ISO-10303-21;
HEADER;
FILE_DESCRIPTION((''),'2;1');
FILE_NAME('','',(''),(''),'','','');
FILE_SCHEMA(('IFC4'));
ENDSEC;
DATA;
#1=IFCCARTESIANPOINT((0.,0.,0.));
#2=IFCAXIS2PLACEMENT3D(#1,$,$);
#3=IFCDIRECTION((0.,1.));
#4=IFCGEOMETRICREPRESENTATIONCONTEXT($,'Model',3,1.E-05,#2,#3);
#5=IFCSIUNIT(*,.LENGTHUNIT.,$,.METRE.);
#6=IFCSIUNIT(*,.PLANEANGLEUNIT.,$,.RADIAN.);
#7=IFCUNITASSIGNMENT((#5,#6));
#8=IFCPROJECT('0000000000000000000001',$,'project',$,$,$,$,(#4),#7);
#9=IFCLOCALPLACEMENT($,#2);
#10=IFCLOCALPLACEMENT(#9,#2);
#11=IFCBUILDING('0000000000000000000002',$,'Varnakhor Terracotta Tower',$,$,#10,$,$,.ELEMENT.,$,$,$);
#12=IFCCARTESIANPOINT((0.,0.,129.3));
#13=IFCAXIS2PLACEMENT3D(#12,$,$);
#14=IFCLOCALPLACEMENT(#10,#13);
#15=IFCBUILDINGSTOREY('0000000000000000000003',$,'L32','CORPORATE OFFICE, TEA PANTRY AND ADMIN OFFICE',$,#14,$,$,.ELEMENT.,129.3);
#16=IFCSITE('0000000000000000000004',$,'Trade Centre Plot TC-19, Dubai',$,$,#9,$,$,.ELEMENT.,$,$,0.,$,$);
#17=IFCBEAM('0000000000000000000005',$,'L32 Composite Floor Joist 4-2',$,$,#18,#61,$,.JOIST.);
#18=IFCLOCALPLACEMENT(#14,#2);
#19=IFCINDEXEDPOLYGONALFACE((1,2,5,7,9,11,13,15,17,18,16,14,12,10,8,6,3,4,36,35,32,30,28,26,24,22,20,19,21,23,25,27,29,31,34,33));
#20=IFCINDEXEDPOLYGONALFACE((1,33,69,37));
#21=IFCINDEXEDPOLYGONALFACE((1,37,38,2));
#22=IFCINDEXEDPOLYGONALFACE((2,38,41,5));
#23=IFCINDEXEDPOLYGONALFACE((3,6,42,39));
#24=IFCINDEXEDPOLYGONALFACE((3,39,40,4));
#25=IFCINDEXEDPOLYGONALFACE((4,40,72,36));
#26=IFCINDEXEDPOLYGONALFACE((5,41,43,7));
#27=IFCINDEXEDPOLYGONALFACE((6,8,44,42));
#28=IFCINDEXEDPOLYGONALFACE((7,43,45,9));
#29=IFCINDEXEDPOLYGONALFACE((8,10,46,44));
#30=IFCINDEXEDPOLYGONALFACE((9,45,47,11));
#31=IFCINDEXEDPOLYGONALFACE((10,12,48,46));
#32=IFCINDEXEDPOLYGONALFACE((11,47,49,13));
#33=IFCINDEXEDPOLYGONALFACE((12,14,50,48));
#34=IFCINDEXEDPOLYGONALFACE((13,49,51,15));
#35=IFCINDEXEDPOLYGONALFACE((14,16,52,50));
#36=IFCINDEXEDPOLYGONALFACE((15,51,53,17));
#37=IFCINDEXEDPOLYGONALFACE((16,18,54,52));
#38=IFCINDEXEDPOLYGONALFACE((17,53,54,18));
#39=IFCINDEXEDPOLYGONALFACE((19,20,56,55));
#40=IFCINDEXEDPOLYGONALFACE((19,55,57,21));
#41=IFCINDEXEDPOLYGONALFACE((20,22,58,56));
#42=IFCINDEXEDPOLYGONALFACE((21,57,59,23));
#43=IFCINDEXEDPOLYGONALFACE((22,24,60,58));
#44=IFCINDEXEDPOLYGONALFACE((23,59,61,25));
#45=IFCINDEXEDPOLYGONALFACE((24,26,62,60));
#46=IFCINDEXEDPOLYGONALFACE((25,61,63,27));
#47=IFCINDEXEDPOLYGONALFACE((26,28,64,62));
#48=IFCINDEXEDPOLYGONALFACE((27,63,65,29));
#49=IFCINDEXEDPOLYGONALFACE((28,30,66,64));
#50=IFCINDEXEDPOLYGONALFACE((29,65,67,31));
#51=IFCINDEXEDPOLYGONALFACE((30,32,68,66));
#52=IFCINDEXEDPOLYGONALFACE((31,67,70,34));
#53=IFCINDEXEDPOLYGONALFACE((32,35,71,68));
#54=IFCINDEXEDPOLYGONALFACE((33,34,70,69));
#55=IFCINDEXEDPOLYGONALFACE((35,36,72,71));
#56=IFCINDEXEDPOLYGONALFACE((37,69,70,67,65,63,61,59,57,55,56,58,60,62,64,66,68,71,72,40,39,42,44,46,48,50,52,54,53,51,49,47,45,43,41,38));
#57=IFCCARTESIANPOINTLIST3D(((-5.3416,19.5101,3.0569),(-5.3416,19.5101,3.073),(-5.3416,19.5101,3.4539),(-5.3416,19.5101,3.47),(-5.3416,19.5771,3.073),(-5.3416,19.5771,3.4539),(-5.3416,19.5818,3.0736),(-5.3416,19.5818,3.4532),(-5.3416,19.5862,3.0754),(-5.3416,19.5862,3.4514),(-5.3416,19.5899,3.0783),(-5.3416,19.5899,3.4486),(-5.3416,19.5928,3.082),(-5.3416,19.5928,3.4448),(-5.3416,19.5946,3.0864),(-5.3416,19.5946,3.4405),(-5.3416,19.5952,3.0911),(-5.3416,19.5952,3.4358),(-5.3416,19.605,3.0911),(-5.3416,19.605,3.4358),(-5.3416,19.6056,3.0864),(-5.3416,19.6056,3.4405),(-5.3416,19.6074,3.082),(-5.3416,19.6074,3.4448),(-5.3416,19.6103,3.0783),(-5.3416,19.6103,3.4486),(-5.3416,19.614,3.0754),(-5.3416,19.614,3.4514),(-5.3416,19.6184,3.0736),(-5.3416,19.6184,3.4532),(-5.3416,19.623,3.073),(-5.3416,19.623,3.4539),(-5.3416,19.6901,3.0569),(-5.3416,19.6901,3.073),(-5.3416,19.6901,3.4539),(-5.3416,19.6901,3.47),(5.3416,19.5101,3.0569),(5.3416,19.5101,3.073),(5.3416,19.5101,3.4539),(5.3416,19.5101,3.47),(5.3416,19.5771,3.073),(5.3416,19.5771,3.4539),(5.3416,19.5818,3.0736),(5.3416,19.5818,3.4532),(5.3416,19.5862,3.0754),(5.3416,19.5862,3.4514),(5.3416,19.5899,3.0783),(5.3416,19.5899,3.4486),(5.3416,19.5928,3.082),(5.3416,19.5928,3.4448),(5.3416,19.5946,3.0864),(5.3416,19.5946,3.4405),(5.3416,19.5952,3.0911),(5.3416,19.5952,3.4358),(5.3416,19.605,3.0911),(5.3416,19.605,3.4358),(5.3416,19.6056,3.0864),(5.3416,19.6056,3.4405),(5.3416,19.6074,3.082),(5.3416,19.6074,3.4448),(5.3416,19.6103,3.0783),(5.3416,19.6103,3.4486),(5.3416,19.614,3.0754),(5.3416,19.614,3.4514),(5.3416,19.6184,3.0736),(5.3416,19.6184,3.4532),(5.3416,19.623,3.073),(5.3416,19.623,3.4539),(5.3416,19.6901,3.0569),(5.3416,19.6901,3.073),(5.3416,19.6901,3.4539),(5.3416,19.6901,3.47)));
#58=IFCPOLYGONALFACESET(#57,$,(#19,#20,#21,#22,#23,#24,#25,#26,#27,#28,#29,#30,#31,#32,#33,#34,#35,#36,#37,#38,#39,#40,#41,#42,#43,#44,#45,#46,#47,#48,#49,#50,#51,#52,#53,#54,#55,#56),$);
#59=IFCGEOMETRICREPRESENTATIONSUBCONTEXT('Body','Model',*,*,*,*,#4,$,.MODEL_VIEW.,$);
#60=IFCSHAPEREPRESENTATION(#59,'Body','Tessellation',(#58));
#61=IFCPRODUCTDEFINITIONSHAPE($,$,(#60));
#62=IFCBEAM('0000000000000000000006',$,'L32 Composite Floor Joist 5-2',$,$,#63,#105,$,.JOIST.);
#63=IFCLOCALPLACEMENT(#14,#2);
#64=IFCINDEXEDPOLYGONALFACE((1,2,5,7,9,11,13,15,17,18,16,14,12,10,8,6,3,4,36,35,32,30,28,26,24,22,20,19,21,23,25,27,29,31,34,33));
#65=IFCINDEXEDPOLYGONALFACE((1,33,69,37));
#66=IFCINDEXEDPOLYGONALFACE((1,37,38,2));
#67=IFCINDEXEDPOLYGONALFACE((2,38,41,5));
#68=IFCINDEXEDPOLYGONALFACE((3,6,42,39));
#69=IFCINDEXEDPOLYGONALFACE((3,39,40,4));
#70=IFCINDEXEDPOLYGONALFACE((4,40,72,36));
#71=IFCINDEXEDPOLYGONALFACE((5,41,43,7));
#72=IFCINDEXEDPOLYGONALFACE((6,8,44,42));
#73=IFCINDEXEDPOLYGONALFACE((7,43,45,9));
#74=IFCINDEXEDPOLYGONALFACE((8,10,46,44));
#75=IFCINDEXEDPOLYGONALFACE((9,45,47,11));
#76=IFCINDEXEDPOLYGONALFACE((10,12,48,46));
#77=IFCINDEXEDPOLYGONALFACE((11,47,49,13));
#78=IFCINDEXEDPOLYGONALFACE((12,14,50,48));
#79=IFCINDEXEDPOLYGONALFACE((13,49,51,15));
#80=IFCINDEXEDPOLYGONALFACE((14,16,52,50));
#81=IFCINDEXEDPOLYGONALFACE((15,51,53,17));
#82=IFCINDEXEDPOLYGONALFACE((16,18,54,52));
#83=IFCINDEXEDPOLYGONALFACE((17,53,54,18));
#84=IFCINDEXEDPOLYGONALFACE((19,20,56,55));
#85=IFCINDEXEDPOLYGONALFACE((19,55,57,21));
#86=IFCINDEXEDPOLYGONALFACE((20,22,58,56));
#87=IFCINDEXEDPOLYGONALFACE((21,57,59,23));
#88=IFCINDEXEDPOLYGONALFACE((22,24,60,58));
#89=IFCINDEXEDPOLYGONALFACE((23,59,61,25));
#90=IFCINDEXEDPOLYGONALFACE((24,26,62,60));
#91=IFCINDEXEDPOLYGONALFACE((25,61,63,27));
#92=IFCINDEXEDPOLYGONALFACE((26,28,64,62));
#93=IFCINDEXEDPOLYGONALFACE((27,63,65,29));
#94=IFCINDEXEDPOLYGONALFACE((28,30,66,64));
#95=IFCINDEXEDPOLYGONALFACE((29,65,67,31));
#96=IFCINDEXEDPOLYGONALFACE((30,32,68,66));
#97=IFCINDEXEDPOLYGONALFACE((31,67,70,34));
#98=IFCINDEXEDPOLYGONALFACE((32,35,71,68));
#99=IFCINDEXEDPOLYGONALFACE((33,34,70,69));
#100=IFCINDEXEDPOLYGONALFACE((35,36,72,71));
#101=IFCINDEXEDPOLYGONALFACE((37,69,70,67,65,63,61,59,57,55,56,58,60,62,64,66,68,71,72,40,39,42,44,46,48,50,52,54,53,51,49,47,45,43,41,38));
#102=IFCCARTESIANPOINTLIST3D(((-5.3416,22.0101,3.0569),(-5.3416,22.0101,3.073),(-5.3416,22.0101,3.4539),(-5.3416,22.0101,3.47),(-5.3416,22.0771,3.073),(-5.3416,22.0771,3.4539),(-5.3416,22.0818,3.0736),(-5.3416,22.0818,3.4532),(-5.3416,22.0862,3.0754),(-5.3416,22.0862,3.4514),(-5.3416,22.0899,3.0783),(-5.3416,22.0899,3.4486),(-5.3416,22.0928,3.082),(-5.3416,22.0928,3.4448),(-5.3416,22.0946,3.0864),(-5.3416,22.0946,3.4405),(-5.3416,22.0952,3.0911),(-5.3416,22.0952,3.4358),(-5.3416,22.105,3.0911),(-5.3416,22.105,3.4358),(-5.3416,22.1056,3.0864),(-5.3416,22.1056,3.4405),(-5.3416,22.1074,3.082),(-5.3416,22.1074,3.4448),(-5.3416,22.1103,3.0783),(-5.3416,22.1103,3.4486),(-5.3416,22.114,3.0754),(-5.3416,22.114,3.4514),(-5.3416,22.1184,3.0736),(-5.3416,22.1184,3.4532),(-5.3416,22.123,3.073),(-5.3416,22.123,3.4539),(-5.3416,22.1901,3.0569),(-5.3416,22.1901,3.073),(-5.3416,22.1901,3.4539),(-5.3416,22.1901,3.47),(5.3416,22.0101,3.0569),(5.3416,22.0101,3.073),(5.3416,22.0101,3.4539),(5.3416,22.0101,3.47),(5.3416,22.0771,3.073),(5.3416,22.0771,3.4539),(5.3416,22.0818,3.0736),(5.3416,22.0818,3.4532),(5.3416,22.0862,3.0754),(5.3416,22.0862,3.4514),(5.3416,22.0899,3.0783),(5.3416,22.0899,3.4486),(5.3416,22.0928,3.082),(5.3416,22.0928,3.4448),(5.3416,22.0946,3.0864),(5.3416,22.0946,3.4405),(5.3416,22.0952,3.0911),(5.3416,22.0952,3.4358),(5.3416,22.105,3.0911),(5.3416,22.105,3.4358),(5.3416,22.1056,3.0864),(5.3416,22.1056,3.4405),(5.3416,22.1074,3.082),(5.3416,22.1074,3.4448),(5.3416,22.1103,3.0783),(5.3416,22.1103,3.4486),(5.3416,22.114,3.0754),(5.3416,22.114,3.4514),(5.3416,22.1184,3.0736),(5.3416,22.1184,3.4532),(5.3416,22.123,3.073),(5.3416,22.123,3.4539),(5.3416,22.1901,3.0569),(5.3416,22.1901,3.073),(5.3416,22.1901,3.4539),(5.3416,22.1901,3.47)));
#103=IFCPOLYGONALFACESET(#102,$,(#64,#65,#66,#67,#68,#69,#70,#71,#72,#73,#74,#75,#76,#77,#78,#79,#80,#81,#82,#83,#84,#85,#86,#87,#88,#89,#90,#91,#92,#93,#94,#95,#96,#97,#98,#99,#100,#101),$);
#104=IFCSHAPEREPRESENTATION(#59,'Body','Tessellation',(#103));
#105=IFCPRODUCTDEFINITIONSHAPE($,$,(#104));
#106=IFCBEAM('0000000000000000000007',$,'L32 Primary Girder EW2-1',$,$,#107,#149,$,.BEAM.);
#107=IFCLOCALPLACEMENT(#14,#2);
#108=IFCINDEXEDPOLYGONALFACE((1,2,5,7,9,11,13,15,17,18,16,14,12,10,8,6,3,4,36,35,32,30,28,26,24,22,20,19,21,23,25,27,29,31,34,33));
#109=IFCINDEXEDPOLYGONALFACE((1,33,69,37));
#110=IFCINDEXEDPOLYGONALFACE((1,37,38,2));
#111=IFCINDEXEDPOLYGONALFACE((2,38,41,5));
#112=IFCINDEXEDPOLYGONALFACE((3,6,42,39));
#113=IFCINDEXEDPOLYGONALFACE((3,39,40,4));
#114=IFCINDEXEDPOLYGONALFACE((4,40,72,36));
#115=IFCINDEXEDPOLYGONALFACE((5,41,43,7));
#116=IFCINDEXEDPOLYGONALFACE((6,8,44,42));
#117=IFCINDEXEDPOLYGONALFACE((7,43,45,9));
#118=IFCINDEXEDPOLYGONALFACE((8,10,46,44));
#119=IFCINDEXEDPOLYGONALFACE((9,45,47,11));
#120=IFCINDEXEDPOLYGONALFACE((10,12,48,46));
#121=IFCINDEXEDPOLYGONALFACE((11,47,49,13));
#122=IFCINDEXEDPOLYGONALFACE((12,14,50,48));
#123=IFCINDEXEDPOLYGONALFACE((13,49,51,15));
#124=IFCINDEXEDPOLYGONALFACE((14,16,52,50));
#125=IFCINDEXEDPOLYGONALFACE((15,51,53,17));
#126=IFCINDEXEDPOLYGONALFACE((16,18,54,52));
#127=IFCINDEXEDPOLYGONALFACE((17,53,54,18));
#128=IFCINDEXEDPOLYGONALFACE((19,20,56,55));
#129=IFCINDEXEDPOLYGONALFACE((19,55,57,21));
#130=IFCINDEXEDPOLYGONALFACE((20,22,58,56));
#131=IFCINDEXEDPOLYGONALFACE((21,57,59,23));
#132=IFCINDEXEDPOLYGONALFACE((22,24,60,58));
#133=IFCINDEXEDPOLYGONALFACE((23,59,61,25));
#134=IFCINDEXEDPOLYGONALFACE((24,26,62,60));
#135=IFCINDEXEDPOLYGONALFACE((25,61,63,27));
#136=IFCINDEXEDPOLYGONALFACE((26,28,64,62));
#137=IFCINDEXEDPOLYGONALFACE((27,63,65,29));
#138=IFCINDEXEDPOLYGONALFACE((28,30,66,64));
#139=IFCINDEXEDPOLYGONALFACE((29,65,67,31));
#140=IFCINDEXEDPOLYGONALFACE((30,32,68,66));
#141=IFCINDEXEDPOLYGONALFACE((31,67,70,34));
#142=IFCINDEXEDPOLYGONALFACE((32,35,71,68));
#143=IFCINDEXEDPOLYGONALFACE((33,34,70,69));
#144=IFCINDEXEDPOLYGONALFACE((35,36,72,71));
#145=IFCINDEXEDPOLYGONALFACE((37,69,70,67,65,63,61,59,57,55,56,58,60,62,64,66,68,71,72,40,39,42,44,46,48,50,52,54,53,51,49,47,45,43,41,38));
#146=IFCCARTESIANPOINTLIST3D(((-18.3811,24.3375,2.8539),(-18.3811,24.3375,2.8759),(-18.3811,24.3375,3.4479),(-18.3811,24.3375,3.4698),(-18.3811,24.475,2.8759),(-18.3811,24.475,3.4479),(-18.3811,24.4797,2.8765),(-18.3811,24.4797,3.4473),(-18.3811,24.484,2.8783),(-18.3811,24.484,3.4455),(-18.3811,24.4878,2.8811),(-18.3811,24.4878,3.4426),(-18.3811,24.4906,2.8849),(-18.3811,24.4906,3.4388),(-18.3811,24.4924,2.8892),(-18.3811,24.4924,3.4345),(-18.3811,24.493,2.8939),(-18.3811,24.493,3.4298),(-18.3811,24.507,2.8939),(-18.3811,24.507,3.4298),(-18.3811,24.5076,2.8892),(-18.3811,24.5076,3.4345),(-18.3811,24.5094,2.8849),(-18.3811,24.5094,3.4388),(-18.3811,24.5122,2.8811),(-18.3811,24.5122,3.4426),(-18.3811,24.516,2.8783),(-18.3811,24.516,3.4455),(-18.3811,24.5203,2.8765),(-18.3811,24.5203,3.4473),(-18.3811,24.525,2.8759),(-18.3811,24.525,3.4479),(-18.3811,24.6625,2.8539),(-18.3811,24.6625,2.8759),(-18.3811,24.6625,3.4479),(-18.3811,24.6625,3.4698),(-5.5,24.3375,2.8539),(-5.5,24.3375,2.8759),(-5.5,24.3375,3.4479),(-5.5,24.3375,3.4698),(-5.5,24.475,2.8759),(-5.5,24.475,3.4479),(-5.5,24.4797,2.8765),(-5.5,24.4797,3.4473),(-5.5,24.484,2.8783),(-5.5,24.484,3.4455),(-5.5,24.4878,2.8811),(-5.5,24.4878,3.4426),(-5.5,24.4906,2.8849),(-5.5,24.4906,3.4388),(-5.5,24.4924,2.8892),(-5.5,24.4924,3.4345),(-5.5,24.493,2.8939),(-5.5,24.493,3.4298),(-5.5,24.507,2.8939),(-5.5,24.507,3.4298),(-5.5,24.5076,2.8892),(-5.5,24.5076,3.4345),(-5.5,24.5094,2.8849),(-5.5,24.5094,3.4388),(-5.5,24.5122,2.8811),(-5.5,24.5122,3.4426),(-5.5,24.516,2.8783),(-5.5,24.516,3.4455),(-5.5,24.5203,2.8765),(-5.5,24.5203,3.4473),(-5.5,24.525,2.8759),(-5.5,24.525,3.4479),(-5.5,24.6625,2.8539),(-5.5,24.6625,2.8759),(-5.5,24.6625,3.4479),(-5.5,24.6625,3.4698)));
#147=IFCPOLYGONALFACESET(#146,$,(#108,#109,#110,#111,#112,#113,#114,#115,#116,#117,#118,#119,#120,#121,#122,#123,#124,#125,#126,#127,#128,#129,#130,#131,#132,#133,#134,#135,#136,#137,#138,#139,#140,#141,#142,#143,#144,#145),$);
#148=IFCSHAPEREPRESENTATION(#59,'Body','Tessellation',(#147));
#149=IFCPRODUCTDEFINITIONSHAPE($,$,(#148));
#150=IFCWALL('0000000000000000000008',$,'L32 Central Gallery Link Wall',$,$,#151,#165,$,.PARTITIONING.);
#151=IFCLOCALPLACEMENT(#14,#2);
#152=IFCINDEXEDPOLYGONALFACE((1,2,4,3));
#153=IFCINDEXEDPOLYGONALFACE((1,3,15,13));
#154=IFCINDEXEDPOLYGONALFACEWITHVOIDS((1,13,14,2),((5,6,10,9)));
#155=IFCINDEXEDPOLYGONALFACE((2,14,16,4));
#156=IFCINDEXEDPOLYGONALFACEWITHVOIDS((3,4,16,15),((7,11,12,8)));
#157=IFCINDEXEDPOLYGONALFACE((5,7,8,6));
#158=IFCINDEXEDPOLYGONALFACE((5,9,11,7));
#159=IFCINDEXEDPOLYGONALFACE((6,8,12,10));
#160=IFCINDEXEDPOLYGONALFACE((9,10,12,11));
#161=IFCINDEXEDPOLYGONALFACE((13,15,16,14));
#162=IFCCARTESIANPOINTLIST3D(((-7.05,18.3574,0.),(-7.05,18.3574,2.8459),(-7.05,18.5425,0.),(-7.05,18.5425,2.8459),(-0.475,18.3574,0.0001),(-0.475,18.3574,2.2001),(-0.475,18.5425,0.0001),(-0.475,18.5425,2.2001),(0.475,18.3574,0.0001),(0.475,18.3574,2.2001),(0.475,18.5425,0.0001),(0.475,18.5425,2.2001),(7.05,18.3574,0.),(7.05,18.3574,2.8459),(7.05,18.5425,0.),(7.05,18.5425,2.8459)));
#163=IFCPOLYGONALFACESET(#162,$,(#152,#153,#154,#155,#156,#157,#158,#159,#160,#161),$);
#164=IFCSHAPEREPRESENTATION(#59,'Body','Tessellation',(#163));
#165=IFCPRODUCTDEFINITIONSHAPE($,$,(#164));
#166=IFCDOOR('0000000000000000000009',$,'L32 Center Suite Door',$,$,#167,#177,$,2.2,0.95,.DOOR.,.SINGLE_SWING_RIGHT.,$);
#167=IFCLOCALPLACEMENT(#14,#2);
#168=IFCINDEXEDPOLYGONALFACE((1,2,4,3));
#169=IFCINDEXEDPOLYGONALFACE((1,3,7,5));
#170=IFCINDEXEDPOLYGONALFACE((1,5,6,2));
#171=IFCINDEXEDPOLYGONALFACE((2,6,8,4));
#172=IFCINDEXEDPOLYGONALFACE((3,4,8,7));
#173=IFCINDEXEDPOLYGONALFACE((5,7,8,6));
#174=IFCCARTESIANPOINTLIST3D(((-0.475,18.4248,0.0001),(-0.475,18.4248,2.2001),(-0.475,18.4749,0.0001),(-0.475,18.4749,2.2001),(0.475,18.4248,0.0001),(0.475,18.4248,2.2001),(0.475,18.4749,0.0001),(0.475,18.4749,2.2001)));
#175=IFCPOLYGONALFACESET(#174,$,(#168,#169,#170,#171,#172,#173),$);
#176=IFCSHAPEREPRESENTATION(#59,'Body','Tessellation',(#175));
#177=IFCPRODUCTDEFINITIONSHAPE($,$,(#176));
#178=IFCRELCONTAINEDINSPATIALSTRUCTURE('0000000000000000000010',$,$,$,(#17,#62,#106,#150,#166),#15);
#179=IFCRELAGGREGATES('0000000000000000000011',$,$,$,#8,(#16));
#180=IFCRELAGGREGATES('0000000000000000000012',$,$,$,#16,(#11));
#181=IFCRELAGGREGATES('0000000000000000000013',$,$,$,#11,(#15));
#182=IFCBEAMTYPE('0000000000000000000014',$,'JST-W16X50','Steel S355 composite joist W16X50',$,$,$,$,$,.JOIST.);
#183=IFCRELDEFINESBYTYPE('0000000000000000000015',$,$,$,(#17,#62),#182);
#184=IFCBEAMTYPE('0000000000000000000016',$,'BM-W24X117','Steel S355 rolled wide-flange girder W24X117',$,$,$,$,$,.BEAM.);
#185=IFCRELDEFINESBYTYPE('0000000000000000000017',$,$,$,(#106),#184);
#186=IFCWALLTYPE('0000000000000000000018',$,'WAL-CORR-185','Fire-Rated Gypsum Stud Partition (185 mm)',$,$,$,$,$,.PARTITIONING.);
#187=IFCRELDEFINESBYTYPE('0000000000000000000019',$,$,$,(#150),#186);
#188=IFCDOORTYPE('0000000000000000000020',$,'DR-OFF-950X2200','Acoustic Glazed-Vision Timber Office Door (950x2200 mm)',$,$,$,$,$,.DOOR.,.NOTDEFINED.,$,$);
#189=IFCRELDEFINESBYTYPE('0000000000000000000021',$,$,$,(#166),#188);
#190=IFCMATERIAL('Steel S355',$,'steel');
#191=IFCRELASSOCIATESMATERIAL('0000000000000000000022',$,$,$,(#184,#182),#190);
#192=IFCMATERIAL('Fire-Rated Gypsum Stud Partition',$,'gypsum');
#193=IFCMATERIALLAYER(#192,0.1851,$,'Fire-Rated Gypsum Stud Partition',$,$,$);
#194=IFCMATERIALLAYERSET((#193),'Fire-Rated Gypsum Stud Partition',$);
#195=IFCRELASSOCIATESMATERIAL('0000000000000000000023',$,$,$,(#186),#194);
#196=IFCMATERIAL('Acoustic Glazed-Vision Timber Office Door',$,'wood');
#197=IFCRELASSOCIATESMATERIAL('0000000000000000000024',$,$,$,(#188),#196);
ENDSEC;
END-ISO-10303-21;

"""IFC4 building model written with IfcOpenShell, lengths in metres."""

from ifc_helpers import new_model, si_unit, direction, frame, frame_2d, origin, origin_2d, place, context, subcontext, project, spatial, rectangle, i_section, extrude, source, transform, mapped, material, layer, layer_set, material_profile, profile_set, type_object, type_shapes, element, fill, save


model = new_model("IFC4")

# Units and contexts
model_context = context("Model", 3, precision=1e-05, world=origin(), true_north=direction((0.0, 1.0)))
body_context = subcontext(model_context, "Body", "Model", "MODEL_VIEW")
ifc_project = project(units=[si_unit("LENGTHUNIT", "METRE"), si_unit("PLANEANGLEUNIT", "RADIAN")], contexts=[model_context])

# Site, building, storey
site_placement = place(None, origin())
site = spatial("IfcSite", under=ifc_project, at=site_placement, Name="Trade Centre Plot TC-19, Dubai", CompositionType="ELEMENT", RefElevation=0.0)
building_placement = place(site_placement, origin())
building = spatial("IfcBuilding", under=site, at=building_placement, Name="Varnakhor Terracotta Tower", CompositionType="ELEMENT")
storey_placement = place(building_placement, frame((0.0, 0.0, 129.3)))
storey = spatial("IfcBuildingStorey", under=building, at=storey_placement, Name="L32", Description="CORPORATE OFFICE, TEA PANTRY AND ADMIN OFFICE", CompositionType="ELEMENT", Elevation=129.3)

# Beams
ifc_material_1 = material(Name="Steel S355", Category="steel")
ifc_material_profile_1 = material_profile(ifc_material_1, i_section(OverallWidth=0.325, OverallDepth=0.616, WebThickness=0.0139, FlangeThickness=0.022, FilletRadius=0.0181, at=origin_2d()), Name="W24X117")
ifc_profile_set_1 = profile_set([ifc_material_profile_1], Name="Steel S355")
beam_type_1 = type_object("IfcBeamType", Name="BM-W24X117", Description="Steel S355 rolled wide-flange girder W24X117", PredefinedType="BEAM", material=ifc_profile_set_1)
ifc_material_profile_2 = material_profile(ifc_material_1, i_section(OverallWidth=0.1799, OverallDepth=0.4131, WebThickness=0.0098, FlangeThickness=0.0161, FilletRadius=0.0181, at=origin_2d()), Name="W16X50")
ifc_profile_set_2 = profile_set([ifc_material_profile_2], Name="Steel S355")
beam_type_2 = type_object("IfcBeamType", Name="JST-W16X50", Description="Steel S355 composite joist W16X50", PredefinedType="JOIST", material=ifc_profile_set_2)
shared_shape_1 = source(origin(), body_context, "Body", "SweptSolid", [
    extrude(i_section(OverallWidth=0.1799, OverallDepth=0.4131, WebThickness=0.0098, FlangeThickness=0.0161, FilletRadius=0.0181, at=origin_2d()), origin(), (0.0, 0.0, 1.0), 10.6831),
])
for number, where, z_axis, x_axis, name in (
    (1, (-5.3416, 19.6001, 3.2634), (1.0, 0.0, 0.0), (0.0, 1.0, 0.0), "L32 Composite Floor Joist 4-2"),
    (2, (-5.3416, 22.1001, 3.2634), (1.0, 0.0, 0.0), (0.0, 1.0, 0.0), "L32 Composite Floor Joist 5-2"),
):
    element("IfcBeam", number, at=place(storey_placement, frame(where, z_axis=z_axis, x_axis=x_axis)), inside=storey, type_object=beam_type_2, Name=name, PredefinedType="JOIST", context=body_context, shape_type="MappedRepresentation", body=[
        mapped(shared_shape_1, transform((0.0, 0.0, 0.0), scale=1.0)),
    ])
shared_shape_2 = source(origin(), body_context, "Body", "SweptSolid", [
    extrude(i_section(OverallWidth=0.325, OverallDepth=0.616, WebThickness=0.0139, FlangeThickness=0.022, FilletRadius=0.0181, at=origin_2d()), origin(), (0.0, 0.0, 1.0), 12.8811),
])
beam_1_placement = place(storey_placement, frame((-18.3811, 24.5, 3.1619), z_axis=(1.0, 0.0, 0.0), x_axis=(0.0, 1.0, 0.0)))
element("IfcBeam", 3, at=beam_1_placement, inside=storey, type_object=beam_type_1, Name="L32 Primary Girder EW2-1", PredefinedType="BEAM", context=body_context, shape_type="MappedRepresentation", body=[
    mapped(shared_shape_2, transform((0.0, 0.0, 0.0), scale=1.0)),
])

# Wall, opening, door
ifc_material_2 = material(Name="Fire-Rated Gypsum Stud Partition", Category="gypsum")
ifc_layer_1 = layer(ifc_material_2, 0.1851, Name="Fire-Rated Gypsum Stud Partition")
ifc_layer_set_1 = layer_set([ifc_layer_1], Name="Fire-Rated Gypsum Stud Partition")
wall_type_1 = type_object("IfcWallType", Name="WAL-CORR-185", Description="Fire-Rated Gypsum Stud Partition (185 mm)", PredefinedType="PARTITIONING", material=ifc_layer_set_1)
wall_1_placement = place(storey_placement, frame((-7.05, 18.45, 0.0), z_axis=(0.0, 0.0, 1.0), x_axis=(1.0, 0.0, 0.0)))
wall_1 = element("IfcWall", 4, at=wall_1_placement, inside=storey, type_object=wall_type_1, Name="L32 Central Gallery Link Wall", PredefinedType="PARTITIONING", context=body_context, shape_type="SweptSolid", body=[
    extrude(rectangle(XDim=14.1001, YDim=0.1851, at=frame_2d((7.05, 0.0))), origin(), (0.0, 0.0, 1.0), 2.8459),
])
opening_1_placement = place(wall_1_placement, frame((6.575, 0.0, 0.0)))
opening_1 = element("IfcOpeningElement", 5, at=opening_1_placement, cuts=wall_1, PredefinedType="OPENING", context=body_context, shape_type="SweptSolid", body=[
    extrude(rectangle(XDim=0.95, YDim=2.2, at=frame_2d((0.4751, 1.1001))), frame((0.0, 0.1025, 0.0), z_axis=(0.0, -1.0, 0.0), x_axis=(1.0, 0.0, 0.0)), (0.0, 0.0, 1.0), 0.2051),
])
ifc_material_3 = material(Name="Acoustic Glazed-Vision Timber Office Door", Category="wood")
door_type_1 = type_object("IfcDoorType", Name="DR-OFF-950X2200", Description="Acoustic Glazed-Vision Timber Office Door (950x2200 mm)", OperationType="NOTDEFINED", PredefinedType="DOOR", material=ifc_material_3)
shared_shape_3 = source(origin(), body_context, "Body", "SweptSolid", [
    extrude(rectangle(XDim=0.95, YDim=2.2, at=frame_2d((0.4751, 1.1001))), frame((0.0, 0.0249, 0.0), z_axis=(0.0, -1.0, 0.0), x_axis=(1.0, 0.0, 0.0)), (0.0, 0.0, 1.0), 0.05),
])
type_shapes(door_type_1, [shared_shape_3])
door_1_placement = place(opening_1_placement, origin())
door_1 = element("IfcDoor", 6, at=door_1_placement, inside=storey, type_object=door_type_1, Name="L32 Center Suite Door", OperationType="SINGLE_SWING_RIGHT", OverallHeight=2.2, OverallWidth=0.95, PredefinedType="DOOR", context=body_context, shape_type="MappedRepresentation", body=[
    mapped(shared_shape_3, transform((0.0, 0.0, 0.0), scale=1.0)),
])
fill(opening_1, door_1)

save(model, "model.ifc")
